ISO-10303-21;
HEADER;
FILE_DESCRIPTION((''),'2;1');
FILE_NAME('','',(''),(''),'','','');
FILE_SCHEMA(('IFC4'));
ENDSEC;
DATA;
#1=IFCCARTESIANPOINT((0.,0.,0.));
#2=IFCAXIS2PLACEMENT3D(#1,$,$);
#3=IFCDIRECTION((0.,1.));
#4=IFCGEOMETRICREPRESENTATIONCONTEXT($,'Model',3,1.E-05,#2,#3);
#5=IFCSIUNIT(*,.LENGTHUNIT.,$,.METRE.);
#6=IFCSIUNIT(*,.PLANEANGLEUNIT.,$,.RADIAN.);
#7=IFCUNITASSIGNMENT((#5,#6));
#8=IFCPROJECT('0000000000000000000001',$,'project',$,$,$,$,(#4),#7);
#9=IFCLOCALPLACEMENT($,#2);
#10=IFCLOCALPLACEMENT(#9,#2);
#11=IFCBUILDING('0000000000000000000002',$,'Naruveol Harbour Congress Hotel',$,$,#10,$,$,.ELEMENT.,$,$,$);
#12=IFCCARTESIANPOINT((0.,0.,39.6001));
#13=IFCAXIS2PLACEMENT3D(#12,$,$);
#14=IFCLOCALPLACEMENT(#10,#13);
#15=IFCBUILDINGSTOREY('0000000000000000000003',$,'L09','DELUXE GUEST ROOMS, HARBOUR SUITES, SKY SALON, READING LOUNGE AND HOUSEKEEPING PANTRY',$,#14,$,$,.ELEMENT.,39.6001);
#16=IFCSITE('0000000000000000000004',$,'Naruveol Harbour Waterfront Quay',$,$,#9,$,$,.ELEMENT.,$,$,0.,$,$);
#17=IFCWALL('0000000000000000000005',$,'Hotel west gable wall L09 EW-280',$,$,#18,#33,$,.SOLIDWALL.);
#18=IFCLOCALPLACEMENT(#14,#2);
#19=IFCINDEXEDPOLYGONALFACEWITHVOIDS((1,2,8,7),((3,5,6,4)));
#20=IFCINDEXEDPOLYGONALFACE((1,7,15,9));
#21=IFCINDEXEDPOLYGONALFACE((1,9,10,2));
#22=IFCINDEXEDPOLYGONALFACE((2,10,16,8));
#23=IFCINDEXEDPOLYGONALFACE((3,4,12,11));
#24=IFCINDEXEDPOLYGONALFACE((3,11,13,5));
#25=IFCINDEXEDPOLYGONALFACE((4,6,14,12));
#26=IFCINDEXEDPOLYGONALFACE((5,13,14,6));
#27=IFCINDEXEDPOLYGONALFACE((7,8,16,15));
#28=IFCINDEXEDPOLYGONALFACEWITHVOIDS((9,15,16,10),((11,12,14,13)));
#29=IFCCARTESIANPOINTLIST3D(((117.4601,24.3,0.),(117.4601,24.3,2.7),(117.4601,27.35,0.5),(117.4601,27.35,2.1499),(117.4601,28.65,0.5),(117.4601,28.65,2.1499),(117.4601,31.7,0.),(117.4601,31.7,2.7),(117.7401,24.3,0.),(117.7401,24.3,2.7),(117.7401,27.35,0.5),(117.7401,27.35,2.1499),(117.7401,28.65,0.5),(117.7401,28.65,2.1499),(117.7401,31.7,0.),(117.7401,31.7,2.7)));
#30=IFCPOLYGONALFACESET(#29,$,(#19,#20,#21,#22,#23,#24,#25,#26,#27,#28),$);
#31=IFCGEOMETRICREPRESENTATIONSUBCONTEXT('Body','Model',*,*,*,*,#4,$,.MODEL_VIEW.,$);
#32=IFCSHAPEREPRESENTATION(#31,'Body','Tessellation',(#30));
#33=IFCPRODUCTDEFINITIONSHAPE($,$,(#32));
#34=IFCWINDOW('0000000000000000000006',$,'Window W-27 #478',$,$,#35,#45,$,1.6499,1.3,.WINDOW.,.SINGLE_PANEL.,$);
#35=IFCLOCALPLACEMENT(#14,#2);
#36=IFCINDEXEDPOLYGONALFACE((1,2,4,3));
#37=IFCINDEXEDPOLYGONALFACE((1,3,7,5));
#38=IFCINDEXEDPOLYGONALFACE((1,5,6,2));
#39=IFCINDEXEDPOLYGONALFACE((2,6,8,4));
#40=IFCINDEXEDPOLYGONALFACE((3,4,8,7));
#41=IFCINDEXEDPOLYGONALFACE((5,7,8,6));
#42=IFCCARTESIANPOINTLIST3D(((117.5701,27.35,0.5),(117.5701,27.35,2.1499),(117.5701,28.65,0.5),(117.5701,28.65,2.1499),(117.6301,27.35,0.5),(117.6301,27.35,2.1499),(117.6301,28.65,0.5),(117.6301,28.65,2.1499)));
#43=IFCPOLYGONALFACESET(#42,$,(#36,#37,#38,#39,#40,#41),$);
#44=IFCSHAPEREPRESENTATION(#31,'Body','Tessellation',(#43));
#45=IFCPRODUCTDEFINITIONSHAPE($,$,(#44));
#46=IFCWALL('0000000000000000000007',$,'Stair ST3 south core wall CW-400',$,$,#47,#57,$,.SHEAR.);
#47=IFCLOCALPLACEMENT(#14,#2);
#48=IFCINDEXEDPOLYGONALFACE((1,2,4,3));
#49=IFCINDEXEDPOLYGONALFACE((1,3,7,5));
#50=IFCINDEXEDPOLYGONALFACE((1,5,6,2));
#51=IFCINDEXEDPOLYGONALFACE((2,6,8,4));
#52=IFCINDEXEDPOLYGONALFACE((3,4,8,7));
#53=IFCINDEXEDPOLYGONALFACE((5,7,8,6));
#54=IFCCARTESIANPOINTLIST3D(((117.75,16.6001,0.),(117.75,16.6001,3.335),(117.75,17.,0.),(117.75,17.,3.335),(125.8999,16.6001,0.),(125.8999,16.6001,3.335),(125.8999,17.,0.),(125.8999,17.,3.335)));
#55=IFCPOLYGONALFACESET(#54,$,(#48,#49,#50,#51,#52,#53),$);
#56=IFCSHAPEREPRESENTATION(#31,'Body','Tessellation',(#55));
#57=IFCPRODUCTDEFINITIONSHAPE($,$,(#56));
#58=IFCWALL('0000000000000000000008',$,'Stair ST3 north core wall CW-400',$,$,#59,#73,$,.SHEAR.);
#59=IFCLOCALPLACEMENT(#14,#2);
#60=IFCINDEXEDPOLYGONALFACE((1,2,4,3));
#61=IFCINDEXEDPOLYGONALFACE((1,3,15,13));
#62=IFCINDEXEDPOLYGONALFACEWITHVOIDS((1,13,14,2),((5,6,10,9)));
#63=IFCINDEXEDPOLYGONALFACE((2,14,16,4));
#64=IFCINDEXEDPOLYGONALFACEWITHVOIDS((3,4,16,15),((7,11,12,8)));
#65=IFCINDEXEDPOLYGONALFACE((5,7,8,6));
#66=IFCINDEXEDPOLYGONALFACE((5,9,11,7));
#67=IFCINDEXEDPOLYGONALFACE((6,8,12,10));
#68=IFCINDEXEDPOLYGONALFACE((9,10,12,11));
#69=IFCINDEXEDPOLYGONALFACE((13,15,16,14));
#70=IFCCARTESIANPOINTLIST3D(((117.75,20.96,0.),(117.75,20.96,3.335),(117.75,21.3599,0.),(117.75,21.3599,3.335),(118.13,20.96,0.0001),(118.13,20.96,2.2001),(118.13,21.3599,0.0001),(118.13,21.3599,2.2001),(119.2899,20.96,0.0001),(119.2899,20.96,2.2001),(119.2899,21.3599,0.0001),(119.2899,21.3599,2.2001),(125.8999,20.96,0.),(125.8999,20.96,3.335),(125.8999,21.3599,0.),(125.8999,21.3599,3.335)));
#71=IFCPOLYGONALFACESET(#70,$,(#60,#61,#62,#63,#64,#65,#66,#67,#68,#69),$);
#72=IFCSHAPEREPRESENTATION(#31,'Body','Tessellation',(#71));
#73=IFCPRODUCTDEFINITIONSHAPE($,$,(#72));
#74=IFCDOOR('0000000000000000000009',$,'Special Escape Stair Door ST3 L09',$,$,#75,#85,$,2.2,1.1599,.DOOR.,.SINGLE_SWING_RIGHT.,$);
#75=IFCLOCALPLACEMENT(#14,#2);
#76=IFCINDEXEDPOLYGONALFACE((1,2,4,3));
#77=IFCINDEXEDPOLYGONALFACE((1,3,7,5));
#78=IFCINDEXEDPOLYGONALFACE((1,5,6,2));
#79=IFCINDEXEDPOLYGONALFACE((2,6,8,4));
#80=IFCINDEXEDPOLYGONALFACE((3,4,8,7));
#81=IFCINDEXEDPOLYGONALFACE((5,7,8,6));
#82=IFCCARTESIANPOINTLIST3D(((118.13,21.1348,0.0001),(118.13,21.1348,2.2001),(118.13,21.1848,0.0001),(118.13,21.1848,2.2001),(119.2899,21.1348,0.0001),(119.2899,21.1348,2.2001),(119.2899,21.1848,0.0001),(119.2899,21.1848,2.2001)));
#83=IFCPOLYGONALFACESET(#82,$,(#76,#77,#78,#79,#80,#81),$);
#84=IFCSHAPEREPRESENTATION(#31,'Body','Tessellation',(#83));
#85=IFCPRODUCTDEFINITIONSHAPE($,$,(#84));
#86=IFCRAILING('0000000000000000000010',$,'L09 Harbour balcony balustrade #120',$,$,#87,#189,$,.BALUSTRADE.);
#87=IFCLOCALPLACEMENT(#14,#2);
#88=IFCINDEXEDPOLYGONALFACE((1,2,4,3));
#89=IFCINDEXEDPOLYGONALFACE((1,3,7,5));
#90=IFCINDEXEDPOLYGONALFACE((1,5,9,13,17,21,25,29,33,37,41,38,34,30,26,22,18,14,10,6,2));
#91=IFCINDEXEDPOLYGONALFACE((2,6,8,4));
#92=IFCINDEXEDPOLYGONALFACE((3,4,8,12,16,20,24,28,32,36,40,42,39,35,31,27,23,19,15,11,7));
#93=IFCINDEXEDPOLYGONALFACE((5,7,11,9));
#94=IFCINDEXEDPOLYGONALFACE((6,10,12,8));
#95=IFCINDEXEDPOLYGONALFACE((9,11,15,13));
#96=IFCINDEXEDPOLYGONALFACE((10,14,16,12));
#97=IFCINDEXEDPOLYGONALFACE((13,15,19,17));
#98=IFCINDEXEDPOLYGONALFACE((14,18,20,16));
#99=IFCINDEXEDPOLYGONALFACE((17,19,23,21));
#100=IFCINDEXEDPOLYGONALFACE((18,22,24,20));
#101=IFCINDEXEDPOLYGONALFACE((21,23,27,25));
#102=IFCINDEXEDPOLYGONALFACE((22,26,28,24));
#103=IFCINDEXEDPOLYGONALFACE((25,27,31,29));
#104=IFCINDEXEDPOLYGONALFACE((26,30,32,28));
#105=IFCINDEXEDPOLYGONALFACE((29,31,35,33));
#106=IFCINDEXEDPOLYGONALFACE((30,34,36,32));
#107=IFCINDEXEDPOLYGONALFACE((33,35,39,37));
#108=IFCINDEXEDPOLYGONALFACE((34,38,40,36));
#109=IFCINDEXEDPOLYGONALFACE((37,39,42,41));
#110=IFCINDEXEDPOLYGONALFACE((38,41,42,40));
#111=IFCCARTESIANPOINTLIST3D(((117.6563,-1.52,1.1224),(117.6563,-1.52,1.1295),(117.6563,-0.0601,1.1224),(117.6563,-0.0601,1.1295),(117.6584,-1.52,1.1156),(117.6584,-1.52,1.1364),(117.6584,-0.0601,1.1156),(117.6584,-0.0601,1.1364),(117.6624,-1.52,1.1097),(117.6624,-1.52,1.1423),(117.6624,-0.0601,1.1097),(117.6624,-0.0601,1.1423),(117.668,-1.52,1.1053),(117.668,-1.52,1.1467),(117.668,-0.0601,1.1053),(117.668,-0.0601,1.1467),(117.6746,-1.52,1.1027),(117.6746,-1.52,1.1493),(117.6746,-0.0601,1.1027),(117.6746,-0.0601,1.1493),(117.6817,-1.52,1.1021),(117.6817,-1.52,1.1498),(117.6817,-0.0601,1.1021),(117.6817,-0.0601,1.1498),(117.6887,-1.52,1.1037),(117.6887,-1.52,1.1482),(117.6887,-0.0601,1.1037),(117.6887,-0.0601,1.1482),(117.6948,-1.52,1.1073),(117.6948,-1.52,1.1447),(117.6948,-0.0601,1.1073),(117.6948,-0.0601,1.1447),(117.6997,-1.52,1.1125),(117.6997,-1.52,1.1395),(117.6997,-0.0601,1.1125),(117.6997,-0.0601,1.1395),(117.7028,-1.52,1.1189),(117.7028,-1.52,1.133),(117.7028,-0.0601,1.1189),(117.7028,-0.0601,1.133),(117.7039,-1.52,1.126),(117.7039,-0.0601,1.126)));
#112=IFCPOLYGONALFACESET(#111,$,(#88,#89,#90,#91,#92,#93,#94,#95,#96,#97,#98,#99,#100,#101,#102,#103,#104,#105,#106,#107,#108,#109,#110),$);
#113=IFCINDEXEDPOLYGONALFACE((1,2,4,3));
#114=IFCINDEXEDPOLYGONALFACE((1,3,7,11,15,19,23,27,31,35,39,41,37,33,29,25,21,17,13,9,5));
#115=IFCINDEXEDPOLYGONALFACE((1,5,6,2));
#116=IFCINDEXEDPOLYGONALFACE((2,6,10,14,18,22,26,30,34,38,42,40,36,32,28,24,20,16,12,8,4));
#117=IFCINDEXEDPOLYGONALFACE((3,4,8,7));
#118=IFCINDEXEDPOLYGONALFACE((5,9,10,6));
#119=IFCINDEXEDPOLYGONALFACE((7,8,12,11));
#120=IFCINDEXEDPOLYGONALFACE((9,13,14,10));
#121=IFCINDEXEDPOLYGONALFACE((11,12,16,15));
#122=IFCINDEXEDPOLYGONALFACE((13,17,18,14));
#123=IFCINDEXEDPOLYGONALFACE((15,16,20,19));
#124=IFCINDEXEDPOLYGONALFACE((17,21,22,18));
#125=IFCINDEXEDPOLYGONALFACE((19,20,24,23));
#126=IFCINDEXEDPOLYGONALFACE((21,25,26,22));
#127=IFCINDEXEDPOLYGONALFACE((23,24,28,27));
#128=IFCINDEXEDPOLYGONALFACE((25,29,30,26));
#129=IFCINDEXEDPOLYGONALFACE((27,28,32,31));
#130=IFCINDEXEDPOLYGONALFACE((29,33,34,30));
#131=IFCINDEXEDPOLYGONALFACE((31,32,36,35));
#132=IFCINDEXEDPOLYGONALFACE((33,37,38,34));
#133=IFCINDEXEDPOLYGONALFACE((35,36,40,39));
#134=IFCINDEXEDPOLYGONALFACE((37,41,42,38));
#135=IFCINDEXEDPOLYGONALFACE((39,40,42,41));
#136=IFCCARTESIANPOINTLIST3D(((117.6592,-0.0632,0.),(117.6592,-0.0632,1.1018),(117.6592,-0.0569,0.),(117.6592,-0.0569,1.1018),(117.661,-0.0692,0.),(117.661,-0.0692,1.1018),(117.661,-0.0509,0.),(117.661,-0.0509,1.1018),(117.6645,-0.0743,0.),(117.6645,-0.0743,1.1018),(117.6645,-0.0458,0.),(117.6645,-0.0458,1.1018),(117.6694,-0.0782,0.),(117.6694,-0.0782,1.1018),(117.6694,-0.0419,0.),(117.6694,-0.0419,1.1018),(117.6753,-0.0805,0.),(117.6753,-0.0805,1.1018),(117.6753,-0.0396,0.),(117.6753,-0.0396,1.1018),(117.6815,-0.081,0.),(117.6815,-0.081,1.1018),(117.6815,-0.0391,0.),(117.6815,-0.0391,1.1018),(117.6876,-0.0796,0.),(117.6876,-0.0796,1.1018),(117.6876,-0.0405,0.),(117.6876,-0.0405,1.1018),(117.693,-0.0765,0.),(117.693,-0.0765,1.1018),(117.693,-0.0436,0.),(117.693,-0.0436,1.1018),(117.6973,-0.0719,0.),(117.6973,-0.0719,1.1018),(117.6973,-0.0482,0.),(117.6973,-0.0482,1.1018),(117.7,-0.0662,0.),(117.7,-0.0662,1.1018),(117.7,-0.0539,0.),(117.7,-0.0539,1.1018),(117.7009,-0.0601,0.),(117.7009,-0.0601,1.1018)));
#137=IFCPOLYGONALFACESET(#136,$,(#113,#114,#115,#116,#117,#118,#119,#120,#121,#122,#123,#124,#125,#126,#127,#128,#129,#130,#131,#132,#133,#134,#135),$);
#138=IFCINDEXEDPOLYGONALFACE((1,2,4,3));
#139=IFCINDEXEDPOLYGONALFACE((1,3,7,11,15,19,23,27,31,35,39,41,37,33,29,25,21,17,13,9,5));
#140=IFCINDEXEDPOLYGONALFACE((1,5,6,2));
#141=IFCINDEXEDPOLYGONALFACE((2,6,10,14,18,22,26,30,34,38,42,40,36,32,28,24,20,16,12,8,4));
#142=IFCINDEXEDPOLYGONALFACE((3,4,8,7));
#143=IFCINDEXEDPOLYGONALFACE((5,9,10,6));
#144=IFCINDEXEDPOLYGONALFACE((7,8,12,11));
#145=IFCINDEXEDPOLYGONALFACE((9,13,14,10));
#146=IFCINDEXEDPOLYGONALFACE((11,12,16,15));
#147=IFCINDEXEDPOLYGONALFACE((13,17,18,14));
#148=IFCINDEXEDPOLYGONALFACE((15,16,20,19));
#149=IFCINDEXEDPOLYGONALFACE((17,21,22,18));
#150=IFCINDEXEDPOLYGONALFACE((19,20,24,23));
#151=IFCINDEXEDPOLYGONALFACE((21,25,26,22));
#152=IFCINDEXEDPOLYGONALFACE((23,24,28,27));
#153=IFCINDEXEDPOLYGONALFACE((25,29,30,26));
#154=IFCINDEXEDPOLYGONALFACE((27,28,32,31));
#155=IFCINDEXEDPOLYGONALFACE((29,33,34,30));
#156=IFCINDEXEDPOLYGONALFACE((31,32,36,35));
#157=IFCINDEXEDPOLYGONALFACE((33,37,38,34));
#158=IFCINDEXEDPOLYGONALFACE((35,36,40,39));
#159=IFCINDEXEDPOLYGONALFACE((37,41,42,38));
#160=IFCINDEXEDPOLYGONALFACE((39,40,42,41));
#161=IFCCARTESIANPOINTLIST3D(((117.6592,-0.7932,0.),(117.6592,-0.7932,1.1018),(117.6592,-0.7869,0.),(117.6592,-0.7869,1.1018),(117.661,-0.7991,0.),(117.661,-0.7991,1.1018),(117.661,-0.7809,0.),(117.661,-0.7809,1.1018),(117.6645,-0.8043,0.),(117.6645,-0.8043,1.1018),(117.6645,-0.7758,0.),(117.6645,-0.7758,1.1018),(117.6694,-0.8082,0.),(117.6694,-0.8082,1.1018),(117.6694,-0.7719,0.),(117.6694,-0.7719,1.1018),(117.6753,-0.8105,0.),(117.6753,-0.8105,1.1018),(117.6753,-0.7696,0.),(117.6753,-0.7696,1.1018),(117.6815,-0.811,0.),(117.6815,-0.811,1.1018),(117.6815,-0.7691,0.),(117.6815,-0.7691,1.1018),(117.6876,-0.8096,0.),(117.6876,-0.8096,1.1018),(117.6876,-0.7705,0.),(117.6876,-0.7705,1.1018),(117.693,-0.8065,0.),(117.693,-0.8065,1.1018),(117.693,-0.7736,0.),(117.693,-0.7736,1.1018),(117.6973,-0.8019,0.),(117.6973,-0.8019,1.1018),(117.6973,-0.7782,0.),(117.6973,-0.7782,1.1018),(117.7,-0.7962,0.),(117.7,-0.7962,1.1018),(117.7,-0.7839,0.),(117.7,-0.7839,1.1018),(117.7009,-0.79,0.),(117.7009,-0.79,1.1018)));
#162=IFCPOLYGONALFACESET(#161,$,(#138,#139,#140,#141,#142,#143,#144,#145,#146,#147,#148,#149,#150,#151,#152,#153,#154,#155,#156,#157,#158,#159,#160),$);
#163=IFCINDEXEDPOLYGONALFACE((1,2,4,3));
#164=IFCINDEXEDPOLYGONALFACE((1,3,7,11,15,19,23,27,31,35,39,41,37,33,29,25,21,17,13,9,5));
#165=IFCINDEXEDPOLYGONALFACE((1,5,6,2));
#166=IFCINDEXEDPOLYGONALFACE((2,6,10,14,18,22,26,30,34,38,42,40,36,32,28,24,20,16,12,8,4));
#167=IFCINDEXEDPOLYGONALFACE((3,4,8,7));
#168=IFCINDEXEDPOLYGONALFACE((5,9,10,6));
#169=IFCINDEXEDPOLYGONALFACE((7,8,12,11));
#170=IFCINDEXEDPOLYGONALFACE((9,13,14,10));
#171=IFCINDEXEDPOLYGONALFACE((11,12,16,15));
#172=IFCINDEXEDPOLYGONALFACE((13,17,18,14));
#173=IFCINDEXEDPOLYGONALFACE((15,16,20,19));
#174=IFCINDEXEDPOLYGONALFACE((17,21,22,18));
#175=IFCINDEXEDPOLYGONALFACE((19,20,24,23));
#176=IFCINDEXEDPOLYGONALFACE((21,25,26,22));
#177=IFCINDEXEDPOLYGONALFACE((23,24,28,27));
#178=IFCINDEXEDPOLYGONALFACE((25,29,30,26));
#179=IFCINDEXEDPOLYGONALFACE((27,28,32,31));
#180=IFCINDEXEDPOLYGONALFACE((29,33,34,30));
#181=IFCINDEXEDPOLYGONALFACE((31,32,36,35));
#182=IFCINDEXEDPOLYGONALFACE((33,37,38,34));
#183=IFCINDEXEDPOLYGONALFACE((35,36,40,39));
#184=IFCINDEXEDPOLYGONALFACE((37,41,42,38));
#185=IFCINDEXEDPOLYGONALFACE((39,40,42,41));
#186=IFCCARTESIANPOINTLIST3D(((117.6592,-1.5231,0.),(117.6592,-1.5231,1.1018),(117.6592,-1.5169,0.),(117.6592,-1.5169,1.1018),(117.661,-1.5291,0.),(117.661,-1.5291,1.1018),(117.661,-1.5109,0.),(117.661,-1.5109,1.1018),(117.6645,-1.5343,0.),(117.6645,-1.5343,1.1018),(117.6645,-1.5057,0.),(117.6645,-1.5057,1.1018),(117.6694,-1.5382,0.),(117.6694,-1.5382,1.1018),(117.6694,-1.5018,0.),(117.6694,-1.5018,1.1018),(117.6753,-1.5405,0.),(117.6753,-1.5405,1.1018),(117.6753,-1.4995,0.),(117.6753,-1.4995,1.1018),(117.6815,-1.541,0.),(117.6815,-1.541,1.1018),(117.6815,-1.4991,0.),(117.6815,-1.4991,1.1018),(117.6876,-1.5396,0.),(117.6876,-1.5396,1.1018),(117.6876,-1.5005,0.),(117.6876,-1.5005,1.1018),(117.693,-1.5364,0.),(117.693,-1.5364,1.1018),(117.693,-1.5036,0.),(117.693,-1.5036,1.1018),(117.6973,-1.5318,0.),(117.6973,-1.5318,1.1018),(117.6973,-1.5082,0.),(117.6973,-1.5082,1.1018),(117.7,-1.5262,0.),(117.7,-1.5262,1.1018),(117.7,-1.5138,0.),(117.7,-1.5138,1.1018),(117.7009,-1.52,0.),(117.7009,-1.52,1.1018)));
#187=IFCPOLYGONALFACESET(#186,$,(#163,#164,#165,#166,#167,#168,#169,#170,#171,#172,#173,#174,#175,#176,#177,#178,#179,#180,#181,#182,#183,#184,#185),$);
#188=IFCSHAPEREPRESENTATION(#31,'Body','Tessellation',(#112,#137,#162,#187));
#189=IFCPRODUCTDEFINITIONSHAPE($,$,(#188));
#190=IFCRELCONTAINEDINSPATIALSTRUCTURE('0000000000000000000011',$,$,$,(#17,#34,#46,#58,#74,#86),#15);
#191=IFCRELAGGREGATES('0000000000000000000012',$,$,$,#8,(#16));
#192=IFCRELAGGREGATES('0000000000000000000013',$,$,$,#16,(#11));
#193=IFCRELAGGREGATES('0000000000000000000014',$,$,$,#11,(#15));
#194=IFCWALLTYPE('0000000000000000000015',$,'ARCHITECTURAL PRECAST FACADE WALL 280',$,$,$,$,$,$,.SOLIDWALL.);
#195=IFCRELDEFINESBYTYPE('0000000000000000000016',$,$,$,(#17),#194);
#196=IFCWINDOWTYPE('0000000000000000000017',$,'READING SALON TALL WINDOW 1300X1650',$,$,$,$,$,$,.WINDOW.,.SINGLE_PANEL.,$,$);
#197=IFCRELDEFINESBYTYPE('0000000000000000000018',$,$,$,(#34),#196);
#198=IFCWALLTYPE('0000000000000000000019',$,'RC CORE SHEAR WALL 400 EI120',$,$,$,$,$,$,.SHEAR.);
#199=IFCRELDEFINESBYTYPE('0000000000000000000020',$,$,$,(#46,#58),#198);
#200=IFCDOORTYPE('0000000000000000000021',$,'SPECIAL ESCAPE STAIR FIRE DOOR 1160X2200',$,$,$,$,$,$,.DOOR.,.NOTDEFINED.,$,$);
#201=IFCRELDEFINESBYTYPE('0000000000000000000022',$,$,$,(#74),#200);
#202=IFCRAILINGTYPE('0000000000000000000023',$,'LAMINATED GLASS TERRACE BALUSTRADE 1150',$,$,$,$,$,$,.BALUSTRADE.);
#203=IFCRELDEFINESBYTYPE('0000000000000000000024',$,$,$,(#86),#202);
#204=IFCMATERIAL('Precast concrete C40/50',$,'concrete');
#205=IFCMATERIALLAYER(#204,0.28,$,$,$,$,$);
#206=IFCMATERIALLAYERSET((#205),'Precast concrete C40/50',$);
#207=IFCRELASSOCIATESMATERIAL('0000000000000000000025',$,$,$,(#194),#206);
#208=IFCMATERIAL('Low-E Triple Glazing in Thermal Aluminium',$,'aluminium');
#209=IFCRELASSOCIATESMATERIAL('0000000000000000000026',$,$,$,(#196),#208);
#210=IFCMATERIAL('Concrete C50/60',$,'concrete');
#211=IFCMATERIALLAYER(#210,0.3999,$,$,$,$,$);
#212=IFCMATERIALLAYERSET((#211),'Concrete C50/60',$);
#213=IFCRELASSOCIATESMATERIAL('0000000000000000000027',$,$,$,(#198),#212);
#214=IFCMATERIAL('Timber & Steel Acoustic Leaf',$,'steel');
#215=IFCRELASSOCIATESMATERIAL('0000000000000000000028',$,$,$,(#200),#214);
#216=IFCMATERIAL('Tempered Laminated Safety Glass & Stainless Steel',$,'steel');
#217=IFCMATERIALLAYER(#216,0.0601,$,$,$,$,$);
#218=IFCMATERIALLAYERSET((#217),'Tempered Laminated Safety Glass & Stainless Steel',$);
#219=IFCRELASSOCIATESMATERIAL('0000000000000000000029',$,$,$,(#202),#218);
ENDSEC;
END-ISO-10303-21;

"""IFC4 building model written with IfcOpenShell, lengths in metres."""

from ifc_helpers import new_model, si_unit, direction, frame, frame_2d, origin, origin_2d, place, context, subcontext, project, spatial, rectangle, circle, extrude, material, layer, layer_set, type_object, element, fill, save


model = new_model("IFC4")

# Units and contexts
model_context = context("Model", 3, precision=1e-05, world=origin(), true_north=direction((0.0, 1.0)))
body_context = subcontext(model_context, "Body", "Model", "MODEL_VIEW")
ifc_project = project(units=[si_unit("LENGTHUNIT", "METRE"), si_unit("PLANEANGLEUNIT", "RADIAN")], contexts=[model_context])

# Site, building, storey
site_placement = place(None, origin())
site = spatial("IfcSite", under=ifc_project, at=site_placement, Name="Naruveol Harbour Waterfront Quay", CompositionType="ELEMENT", RefElevation=0.0)
building_placement = place(site_placement, origin())
building = spatial("IfcBuilding", under=site, at=building_placement, Name="Naruveol Harbour Congress Hotel", CompositionType="ELEMENT")
storey_placement = place(building_placement, frame((0.0, 0.0, 39.6001)))
storey = spatial("IfcBuildingStorey", under=building, at=storey_placement, Name="L09", Description="DELUXE GUEST ROOMS, HARBOUR SUITES, SKY SALON, READING LOUNGE AND HOUSEKEEPING PANTRY", CompositionType="ELEMENT", Elevation=39.6001)

# Wall, opening, window
ifc_material_1 = material(Name="Precast concrete C40/50", Category="concrete")
ifc_layer_1 = layer(ifc_material_1, 0.28)
ifc_layer_set_1 = layer_set([ifc_layer_1], Name="Precast concrete C40/50")
wall_type_1 = type_object("IfcWallType", Name="ARCHITECTURAL PRECAST FACADE WALL 280", PredefinedType="SOLIDWALL", material=ifc_layer_set_1)
ifc_material_2 = material(Name="Low-E Triple Glazing in Thermal Aluminium", Category="aluminium")
window_type = type_object("IfcWindowType", Name="READING SALON TALL WINDOW 1300X1650", PartitioningType="SINGLE_PANEL", PredefinedType="WINDOW", material=ifc_material_2)
wall_1_placement = place(storey_placement, frame((117.6001, 24.3, 0.0), z_axis=(0.0, 0.0, 1.0), x_axis=(0.0, 1.0, 0.0)))
wall_1 = element("IfcWall", 1, at=wall_1_placement, inside=storey, type_object=wall_type_1, Name="Hotel west gable wall L09 EW-280", PredefinedType="SOLIDWALL", context=body_context, shape_type="SweptSolid", body=[
    extrude(rectangle(XDim=7.3999, YDim=0.28, at=frame_2d((3.7, 0.0))), origin(), (0.0, 0.0, 1.0), 2.7),
])
opening_1_placement = place(wall_1_placement, frame((3.05, 0.0, 0.5)))
opening_1 = element("IfcOpeningElement", 2, at=opening_1_placement, cuts=wall_1, PredefinedType="OPENING", context=body_context, shape_type="SweptSolid", body=[
    extrude(rectangle(XDim=1.3, YDim=1.6499, at=frame_2d((0.6499, 0.825))), frame((0.0, 0.1499, 0.0), z_axis=(0.0, -1.0, 0.0), x_axis=(1.0, 0.0, 0.0)), (0.0, 0.0, 1.0), 0.3),
])
window_1_placement = place(opening_1_placement, origin())
window_1 = element("IfcWindow", 3, at=window_1_placement, inside=storey, type_object=window_type, Name="Window W-27 #478", OverallHeight=1.6499, OverallWidth=1.3, PartitioningType="SINGLE_PANEL", PredefinedType="WINDOW", context=body_context, shape_type="SweptSolid", body=[
    extrude(rectangle(XDim=1.3, YDim=1.6499, at=frame_2d((0.6499, 0.825))), frame((0.0, 0.03, 0.0), z_axis=(0.0, -1.0, 0.0), x_axis=(1.0, 0.0, 0.0)), (0.0, 0.0, 1.0), 0.0601),
])
fill(opening_1, window_1)

# Wall
ifc_material_3 = material(Name="Concrete C50/60", Category="concrete")
ifc_layer_2 = layer(ifc_material_3, 0.3999)
ifc_layer_set_2 = layer_set([ifc_layer_2], Name="Concrete C50/60")
wall_type_2 = type_object("IfcWallType", Name="RC CORE SHEAR WALL 400 EI120", PredefinedType="SHEAR", material=ifc_layer_set_2)
wall_2_placement = place(storey_placement, frame((117.75, 16.8, 0.0), z_axis=(0.0, 0.0, 1.0), x_axis=(1.0, 0.0, 0.0)))
element("IfcWall", 4, at=wall_2_placement, inside=storey, type_object=wall_type_2, Name="Stair ST3 south core wall CW-400", PredefinedType="SHEAR", context=body_context, shape_type="SweptSolid", body=[
    extrude(rectangle(XDim=8.1499, YDim=0.3999, at=frame_2d((4.075, 0.0))), origin(), (0.0, 0.0, 1.0), 3.335),
])

# Wall, opening, door
wall_3_placement = place(storey_placement, frame((117.75, 21.1599, 0.0), z_axis=(0.0, 0.0, 1.0), x_axis=(1.0, 0.0, 0.0)))
wall_3 = element("IfcWall", 5, at=wall_3_placement, inside=storey, type_object=wall_type_2, Name="Stair ST3 north core wall CW-400", PredefinedType="SHEAR", context=body_context, shape_type="SweptSolid", body=[
    extrude(rectangle(XDim=8.1499, YDim=0.3999, at=frame_2d((4.075, 0.0))), origin(), (0.0, 0.0, 1.0), 3.335),
])
opening_2_placement = place(wall_3_placement, frame((0.3799, 0.0, 0.0)))
opening_2 = element("IfcOpeningElement", 6, at=opening_2_placement, cuts=wall_3, PredefinedType="OPENING", context=body_context, shape_type="SweptSolid", body=[
    extrude(rectangle(XDim=1.1599, YDim=2.2, at=frame_2d((0.5801, 1.1001))), frame((0.0, 0.21, 0.0), z_axis=(0.0, -1.0, 0.0), x_axis=(1.0, 0.0, 0.0)), (0.0, 0.0, 1.0), 0.4199),
])
ifc_material_4 = material(Name="Timber & Steel Acoustic Leaf", Category="steel")
door_type = type_object("IfcDoorType", Name="SPECIAL ESCAPE STAIR FIRE DOOR 1160X2200", OperationType="NOTDEFINED", PredefinedType="DOOR", material=ifc_material_4)
door_placement = place(opening_2_placement, origin())
door = element("IfcDoor", 7, at=door_placement, inside=storey, type_object=door_type, Name="Special Escape Stair Door ST3 L09", OperationType="SINGLE_SWING_RIGHT", OverallHeight=2.2, OverallWidth=1.1599, PredefinedType="DOOR", context=body_context, shape_type="SweptSolid", body=[
    extrude(rectangle(XDim=1.1599, YDim=2.2, at=frame_2d((0.5801, 1.1001))), frame((0.0, 0.0249, 0.0), z_axis=(0.0, -1.0, 0.0), x_axis=(1.0, 0.0, 0.0)), (0.0, 0.0, 1.0), 0.05),
])
fill(opening_2, door)

# Railing
ifc_material_5 = material(Name="Tempered Laminated Safety Glass & Stainless Steel", Category="steel")
ifc_layer_3 = layer(ifc_material_5, 0.0601)
ifc_layer_set_3 = layer_set([ifc_layer_3], Name="Tempered Laminated Safety Glass & Stainless Steel")
railing_type = type_object("IfcRailingType", Name="LAMINATED GLASS TERRACE BALUSTRADE 1150", PredefinedType="BALUSTRADE", material=ifc_layer_set_3)
railing_1_placement = place(storey_placement, frame((117.6799, -0.0601, 0.0)))
element("IfcRailing", 8, at=railing_1_placement, inside=storey, type_object=railing_type, Name="L09 Harbour balcony balustrade #120", PredefinedType="BALUSTRADE", context=body_context, shape_type="SweptSolid", body=[
    extrude(circle(Radius=0.0239, at=origin_2d()), frame((0.0, 0.0, 1.126), z_axis=(0.0, -1.0, 0.0), x_axis=(1.0, 0.0, 0.0)), (0.0, 0.0, 1.0), 1.46),
    extrude(circle(Radius=0.021, at=origin_2d()), origin(), (0.0, 0.0, 1.0), 1.1018),
    extrude(circle(Radius=0.021, at=origin_2d()), frame((0.0, -0.73, 0.0)), (0.0, 0.0, 1.0), 1.1018),
    extrude(circle(Radius=0.021, at=origin_2d()), frame((0.0, -1.46, 0.0)), (0.0, 0.0, 1.0), 1.1018),
])

save(model, "model.ifc")
